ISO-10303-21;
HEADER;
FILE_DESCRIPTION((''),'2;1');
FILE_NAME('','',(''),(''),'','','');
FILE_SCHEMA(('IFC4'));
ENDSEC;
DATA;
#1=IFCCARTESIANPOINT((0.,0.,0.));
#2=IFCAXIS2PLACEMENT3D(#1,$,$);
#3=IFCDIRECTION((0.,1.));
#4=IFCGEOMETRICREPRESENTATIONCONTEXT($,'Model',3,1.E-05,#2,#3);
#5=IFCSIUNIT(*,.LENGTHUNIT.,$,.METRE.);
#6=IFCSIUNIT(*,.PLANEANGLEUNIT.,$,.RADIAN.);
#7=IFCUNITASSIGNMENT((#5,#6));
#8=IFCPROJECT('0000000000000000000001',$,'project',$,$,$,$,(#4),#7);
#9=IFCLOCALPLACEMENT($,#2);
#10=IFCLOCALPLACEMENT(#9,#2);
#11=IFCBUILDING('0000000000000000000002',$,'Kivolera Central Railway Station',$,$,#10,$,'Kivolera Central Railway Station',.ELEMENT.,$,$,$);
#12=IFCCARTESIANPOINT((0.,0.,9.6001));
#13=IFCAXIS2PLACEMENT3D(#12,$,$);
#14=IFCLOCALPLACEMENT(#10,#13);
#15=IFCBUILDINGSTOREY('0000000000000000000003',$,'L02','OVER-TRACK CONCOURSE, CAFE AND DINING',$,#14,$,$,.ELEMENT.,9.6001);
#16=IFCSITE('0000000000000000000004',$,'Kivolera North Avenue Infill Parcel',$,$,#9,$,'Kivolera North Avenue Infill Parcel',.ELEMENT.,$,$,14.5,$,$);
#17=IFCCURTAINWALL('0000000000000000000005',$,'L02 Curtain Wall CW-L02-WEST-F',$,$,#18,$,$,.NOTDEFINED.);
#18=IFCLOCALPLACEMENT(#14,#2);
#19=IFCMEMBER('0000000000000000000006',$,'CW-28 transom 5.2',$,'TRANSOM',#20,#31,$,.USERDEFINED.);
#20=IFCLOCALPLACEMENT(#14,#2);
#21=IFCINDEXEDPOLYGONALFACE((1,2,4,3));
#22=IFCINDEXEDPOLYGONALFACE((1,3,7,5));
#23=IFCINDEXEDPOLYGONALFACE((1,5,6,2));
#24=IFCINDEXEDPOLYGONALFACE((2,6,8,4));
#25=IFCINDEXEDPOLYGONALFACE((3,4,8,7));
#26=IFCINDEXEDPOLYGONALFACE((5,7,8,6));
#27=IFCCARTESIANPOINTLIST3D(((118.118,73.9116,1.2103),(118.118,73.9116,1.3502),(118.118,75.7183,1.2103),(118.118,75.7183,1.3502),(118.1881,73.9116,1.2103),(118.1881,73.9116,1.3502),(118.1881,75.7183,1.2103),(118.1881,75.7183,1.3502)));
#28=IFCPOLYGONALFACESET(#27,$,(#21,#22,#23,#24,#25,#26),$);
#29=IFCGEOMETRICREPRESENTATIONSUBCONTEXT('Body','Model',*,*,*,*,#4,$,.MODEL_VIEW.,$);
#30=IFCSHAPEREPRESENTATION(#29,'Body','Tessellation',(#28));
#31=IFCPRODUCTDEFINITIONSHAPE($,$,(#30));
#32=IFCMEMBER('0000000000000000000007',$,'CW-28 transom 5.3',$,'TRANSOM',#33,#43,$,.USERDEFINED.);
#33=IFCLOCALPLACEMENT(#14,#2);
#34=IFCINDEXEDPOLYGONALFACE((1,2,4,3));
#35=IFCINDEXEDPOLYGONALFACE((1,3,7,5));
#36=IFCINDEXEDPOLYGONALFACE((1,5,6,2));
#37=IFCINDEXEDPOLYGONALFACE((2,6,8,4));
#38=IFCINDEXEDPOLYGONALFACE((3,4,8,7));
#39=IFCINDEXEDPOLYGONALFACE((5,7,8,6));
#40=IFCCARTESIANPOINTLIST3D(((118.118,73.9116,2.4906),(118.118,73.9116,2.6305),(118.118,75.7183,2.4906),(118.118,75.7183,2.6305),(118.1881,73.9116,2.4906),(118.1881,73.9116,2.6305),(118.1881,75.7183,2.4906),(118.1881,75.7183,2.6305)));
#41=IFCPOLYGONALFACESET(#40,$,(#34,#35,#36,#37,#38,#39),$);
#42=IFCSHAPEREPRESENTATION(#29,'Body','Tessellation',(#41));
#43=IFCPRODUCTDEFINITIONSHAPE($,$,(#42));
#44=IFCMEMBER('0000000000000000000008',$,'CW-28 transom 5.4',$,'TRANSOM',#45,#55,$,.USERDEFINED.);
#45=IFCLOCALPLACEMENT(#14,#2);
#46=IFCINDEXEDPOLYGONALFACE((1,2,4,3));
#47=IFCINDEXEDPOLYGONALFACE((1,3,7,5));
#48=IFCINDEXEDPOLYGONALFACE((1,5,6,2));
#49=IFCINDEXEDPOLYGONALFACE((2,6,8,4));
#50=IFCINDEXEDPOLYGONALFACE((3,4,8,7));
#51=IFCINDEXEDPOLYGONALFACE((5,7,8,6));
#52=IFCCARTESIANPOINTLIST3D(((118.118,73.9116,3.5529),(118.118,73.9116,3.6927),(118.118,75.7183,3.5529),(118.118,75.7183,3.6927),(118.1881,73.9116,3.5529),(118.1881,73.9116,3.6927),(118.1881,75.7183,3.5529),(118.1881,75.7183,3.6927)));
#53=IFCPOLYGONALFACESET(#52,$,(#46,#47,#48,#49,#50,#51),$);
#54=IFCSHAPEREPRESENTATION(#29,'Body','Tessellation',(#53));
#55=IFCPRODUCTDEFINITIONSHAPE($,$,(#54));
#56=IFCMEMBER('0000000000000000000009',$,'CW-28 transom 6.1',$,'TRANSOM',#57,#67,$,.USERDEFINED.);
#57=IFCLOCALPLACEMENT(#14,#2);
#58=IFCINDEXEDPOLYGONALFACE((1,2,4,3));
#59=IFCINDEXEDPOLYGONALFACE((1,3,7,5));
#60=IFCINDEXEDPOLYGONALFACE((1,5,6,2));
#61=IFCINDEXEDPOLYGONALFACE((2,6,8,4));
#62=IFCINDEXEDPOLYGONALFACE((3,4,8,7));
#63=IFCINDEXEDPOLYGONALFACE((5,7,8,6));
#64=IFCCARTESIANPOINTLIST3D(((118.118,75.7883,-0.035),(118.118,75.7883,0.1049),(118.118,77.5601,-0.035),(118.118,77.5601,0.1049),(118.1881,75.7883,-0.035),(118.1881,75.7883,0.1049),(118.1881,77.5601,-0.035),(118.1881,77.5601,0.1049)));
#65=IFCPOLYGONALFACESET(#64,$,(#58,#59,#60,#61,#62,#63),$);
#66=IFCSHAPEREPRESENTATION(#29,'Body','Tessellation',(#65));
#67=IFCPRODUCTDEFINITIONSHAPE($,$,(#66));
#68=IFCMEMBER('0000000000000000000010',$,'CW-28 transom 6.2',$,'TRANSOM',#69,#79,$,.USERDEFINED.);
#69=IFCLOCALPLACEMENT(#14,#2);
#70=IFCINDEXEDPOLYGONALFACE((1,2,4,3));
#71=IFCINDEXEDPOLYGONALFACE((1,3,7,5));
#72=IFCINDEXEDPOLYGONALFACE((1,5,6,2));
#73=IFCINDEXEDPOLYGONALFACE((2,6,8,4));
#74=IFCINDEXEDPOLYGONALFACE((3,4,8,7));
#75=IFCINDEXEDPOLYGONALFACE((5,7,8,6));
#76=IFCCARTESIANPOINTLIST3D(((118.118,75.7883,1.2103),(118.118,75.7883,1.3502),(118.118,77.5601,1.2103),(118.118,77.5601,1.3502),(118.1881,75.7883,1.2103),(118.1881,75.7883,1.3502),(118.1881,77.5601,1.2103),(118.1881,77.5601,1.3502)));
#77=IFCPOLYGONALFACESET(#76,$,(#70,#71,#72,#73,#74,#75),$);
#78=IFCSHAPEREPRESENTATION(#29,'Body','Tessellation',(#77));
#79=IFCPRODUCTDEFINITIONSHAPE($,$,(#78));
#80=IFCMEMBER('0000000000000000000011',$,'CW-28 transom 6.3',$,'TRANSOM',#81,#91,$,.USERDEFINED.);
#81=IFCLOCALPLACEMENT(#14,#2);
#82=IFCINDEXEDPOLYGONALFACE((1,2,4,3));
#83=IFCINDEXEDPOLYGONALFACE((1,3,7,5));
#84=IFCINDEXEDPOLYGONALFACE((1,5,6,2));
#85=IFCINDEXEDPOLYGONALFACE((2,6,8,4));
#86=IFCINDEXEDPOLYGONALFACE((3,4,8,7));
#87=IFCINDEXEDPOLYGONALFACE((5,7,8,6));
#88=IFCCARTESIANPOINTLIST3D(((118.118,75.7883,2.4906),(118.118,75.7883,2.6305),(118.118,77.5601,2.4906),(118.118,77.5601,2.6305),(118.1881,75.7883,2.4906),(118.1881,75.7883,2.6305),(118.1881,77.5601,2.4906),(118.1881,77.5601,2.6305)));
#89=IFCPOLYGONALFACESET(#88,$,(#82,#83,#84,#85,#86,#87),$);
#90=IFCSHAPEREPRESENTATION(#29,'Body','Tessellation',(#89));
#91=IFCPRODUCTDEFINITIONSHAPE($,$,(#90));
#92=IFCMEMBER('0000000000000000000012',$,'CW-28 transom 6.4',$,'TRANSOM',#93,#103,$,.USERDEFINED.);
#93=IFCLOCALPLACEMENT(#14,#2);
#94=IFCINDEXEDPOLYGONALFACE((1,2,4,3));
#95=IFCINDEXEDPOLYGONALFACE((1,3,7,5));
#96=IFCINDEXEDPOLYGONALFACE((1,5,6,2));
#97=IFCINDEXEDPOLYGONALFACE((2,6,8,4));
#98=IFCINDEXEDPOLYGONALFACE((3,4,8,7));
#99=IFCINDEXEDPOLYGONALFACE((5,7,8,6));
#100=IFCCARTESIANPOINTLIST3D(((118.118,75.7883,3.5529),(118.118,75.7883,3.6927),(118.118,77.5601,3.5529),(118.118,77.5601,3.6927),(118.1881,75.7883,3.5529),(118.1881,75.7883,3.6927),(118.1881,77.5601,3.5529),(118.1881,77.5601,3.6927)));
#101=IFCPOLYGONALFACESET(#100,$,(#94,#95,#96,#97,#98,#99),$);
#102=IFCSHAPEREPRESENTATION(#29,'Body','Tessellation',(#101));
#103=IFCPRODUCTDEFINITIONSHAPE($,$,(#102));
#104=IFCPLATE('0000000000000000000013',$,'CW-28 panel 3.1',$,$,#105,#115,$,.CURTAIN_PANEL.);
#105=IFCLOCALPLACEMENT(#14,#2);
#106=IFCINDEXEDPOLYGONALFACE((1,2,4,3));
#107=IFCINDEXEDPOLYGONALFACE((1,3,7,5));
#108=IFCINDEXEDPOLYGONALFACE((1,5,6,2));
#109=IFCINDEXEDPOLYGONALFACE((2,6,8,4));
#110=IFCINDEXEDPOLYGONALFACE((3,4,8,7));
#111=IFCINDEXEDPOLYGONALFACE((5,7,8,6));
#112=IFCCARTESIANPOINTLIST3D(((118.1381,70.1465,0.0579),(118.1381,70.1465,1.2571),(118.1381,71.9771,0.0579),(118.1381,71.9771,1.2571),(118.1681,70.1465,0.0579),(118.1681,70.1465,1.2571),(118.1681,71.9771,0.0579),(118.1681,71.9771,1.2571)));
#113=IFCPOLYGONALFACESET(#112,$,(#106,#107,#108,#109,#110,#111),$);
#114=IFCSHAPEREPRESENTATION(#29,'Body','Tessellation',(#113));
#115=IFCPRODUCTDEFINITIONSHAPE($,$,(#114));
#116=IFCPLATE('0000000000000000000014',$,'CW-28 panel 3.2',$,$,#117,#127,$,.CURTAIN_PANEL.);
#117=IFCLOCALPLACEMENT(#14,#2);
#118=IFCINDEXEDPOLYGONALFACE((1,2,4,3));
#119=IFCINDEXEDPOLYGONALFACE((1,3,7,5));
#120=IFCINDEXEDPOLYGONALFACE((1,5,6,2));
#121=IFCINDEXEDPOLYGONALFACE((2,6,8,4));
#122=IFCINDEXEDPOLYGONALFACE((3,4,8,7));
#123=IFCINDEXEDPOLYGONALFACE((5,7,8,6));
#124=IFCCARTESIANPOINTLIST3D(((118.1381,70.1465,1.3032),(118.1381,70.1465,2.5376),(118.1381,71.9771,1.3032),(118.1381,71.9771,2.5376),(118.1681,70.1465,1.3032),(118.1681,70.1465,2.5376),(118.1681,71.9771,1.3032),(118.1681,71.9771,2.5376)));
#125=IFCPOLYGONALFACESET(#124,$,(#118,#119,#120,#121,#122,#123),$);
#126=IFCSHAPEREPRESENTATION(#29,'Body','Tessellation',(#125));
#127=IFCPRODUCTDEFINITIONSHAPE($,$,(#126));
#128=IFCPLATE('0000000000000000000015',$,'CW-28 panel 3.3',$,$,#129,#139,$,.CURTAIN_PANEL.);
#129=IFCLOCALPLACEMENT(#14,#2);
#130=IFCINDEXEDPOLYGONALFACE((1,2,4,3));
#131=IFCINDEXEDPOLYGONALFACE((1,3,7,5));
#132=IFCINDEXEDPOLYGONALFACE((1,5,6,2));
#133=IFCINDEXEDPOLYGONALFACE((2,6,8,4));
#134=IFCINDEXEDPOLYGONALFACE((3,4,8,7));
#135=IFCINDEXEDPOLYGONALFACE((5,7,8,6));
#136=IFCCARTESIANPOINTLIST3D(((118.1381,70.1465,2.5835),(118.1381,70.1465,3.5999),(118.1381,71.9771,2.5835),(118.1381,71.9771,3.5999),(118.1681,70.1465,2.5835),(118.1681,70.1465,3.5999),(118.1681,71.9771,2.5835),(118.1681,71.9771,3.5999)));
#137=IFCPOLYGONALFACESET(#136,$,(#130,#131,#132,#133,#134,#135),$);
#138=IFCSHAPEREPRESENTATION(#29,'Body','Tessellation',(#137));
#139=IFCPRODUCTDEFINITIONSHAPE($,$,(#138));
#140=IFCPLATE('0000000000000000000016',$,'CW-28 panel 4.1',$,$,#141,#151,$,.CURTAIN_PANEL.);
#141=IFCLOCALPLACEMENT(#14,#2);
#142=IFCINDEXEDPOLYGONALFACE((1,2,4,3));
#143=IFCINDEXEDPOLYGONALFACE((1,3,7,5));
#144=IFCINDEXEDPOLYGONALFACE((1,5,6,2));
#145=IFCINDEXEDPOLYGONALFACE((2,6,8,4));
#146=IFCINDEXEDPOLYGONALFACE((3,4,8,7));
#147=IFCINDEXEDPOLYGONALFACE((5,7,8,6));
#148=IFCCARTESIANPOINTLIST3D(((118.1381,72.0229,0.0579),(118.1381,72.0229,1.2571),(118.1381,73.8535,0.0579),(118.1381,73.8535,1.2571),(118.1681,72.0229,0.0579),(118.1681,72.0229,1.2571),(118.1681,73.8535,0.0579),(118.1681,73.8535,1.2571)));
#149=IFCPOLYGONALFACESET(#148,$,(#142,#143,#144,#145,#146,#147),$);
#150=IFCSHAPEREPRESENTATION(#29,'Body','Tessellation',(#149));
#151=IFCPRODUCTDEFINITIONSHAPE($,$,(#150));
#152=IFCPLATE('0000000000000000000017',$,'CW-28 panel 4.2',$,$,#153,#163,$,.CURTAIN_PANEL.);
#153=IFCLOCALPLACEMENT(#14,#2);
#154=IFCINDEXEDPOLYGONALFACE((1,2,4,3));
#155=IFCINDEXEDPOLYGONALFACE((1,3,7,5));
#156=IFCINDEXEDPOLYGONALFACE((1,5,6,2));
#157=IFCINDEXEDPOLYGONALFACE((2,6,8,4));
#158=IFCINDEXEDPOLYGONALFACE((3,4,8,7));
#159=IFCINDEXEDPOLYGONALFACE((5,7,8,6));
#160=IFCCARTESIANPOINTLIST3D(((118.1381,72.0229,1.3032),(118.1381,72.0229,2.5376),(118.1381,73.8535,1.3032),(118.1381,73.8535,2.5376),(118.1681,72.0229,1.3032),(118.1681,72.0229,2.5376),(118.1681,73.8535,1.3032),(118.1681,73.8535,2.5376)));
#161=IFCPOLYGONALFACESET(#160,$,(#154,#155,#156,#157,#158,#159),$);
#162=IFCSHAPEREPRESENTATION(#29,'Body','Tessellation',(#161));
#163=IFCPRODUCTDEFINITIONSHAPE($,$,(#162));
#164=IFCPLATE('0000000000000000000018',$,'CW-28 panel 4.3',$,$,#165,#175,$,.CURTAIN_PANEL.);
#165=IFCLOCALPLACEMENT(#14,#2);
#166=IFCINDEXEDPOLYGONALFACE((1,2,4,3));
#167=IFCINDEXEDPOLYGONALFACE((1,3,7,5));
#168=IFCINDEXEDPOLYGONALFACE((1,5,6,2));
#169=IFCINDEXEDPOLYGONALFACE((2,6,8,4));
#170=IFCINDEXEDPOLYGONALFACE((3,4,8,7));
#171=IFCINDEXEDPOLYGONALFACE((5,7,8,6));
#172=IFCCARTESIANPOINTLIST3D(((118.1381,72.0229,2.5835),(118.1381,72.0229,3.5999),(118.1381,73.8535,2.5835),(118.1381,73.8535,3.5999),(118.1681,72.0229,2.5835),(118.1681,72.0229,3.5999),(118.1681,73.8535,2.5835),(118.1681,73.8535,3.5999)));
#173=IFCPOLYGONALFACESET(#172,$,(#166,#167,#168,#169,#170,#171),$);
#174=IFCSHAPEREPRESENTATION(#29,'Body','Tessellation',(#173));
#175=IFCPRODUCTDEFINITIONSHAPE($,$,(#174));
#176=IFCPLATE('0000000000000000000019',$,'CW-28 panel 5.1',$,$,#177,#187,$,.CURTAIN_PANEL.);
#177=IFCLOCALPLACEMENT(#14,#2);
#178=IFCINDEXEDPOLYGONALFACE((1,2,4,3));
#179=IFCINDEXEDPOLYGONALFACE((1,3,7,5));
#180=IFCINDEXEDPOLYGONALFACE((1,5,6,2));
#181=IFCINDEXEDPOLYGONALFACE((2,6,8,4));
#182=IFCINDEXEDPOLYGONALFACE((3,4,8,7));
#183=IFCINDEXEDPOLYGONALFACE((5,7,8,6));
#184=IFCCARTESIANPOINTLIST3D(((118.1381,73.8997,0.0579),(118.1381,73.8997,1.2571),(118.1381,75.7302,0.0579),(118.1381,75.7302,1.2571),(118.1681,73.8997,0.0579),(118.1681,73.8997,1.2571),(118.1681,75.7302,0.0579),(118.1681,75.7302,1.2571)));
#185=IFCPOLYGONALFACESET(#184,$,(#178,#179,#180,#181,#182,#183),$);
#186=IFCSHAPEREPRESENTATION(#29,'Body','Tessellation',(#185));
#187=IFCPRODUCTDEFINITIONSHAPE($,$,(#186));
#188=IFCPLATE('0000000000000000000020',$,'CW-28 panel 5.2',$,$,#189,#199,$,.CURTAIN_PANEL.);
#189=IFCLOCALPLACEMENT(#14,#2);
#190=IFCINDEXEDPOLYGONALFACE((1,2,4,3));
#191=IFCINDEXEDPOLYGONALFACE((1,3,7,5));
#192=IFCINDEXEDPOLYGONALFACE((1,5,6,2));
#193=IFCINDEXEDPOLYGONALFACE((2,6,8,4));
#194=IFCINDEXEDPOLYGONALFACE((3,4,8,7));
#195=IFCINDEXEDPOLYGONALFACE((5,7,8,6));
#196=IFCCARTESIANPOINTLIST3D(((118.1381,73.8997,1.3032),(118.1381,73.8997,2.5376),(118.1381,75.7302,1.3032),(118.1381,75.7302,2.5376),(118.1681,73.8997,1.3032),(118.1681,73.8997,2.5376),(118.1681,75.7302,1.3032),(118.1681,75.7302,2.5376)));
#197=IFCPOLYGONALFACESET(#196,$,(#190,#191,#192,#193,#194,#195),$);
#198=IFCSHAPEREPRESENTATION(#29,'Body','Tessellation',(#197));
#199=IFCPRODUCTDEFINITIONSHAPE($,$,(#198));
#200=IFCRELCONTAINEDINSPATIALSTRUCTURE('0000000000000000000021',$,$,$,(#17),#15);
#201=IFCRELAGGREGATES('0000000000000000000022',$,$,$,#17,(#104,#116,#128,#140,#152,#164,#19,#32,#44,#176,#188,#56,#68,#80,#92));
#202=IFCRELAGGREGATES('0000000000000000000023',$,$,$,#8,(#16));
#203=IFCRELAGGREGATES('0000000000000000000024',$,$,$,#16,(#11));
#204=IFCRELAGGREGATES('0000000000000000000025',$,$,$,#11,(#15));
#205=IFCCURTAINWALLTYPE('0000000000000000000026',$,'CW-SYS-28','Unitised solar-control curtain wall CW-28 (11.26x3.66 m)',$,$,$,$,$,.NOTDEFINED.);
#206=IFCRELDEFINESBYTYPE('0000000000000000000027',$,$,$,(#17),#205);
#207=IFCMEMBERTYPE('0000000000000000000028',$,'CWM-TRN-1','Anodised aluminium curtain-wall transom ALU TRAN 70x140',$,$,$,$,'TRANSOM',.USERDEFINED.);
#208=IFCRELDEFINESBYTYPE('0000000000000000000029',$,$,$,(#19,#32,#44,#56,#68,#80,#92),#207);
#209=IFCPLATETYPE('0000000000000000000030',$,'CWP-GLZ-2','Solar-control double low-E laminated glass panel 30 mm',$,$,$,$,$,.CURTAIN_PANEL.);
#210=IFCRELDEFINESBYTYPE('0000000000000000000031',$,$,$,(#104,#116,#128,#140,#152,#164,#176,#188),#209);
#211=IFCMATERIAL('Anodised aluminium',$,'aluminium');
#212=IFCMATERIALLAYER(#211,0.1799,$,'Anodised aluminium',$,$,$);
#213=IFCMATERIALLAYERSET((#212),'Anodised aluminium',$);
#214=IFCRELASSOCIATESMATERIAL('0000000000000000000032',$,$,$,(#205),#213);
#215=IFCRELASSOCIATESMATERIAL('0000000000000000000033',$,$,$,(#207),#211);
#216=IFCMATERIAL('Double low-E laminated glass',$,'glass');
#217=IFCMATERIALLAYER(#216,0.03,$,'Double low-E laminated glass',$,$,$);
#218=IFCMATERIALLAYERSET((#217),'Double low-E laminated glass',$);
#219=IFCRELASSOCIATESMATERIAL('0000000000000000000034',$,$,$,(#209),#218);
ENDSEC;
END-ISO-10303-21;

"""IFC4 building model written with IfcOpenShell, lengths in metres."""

from ifc_helpers import new_model, si_unit, direction, frame, origin, origin_2d, place, context, subcontext, project, spatial, rectangle, extrude, material, layer, layer_set, material_profile, profile_set, type_object, element, aggregate, save


model = new_model("IFC4")

# Units and contexts
model_context = context("Model", 3, precision=1e-05, world=origin(), true_north=direction((0.0, 1.0)))
body_context = subcontext(model_context, "Body", "Model", "MODEL_VIEW")
ifc_project = project(units=[si_unit("LENGTHUNIT", "METRE"), si_unit("PLANEANGLEUNIT", "RADIAN")], contexts=[model_context])

# Site, building, storey
site_placement = place(None, origin())
site = spatial("IfcSite", under=ifc_project, at=site_placement, Name="Kivolera North Avenue Infill Parcel", LongName="Kivolera North Avenue Infill Parcel", CompositionType="ELEMENT", RefElevation=14.5)
building_placement = place(site_placement, origin())
building = spatial("IfcBuilding", under=site, at=building_placement, Name="Kivolera Central Railway Station", LongName="Kivolera Central Railway Station", CompositionType="ELEMENT")
storey_placement = place(building_placement, frame((0.0, 0.0, 9.6001)))
storey = spatial("IfcBuildingStorey", under=building, at=storey_placement, Name="L02", Description="OVER-TRACK CONCOURSE, CAFE AND DINING", CompositionType="ELEMENT", Elevation=9.6001)

# Curtain wall, members, plates
ifc_material_1 = material(Name="Anodised aluminium", Category="aluminium")
ifc_layer_1 = layer(ifc_material_1, 0.1799, Name="Anodised aluminium")
ifc_layer_set_1 = layer_set([ifc_layer_1], Name="Anodised aluminium")
curtain_wall_type = type_object("IfcCurtainWallType", Name="CW-SYS-28", Description="Unitised solar-control curtain wall CW-28 (11.26x3.66 m)", PredefinedType="NOTDEFINED", material=ifc_layer_set_1)
curtain_wall_placement = place(storey_placement, origin())
curtain_wall = element("IfcCurtainWall", 1, at=curtain_wall_placement, inside=storey, type_object=curtain_wall_type, Name="L02 Curtain Wall CW-L02-WEST-F", PredefinedType="NOTDEFINED")
ifc_material_profile_1 = material_profile(ifc_material_1, rectangle(XDim=0.0701, YDim=0.1399, at=origin_2d()), Name="ALU TRAN 70x140")
ifc_profile_set_1 = profile_set([ifc_material_profile_1], Name="Anodised aluminium")
member_type_1 = type_object("IfcMemberType", Name="CWM-TRN-1", Description="Anodised aluminium curtain-wall transom ALU TRAN 70x140", ElementType="TRANSOM", PredefinedType="USERDEFINED", material=ifc_profile_set_1)
member_1_placement = place(storey_placement, frame((118.1531, 73.9116, 1.2803), z_axis=(0.0, 1.0, 0.0), x_axis=(-1.0, 0.0, 0.0)))
member_1 = element("IfcMember", 2, at=member_1_placement, type_object=member_type_1, Name="CW-28 transom 5.2", ObjectType="TRANSOM", PredefinedType="USERDEFINED", context=body_context, shape_type="SweptSolid", body=[
    extrude(rectangle(XDim=0.0701, YDim=0.1399, at=origin_2d()), origin(), (0.0, 0.0, 1.0), 1.8066),
])
member_2_placement = place(storey_placement, frame((118.1531, 73.9116, 2.5605), z_axis=(0.0, 1.0, 0.0), x_axis=(-1.0, 0.0, 0.0)))
member_2 = element("IfcMember", 3, at=member_2_placement, type_object=member_type_1, Name="CW-28 transom 5.3", ObjectType="TRANSOM", PredefinedType="USERDEFINED", context=body_context, shape_type="SweptSolid", body=[
    extrude(rectangle(XDim=0.0701, YDim=0.1399, at=origin_2d()), origin(), (0.0, 0.0, 1.0), 1.8066),
])
member_3_placement = place(storey_placement, frame((118.1531, 73.9116, 3.6228), z_axis=(0.0, 1.0, 0.0), x_axis=(-1.0, 0.0, 0.0)))
member_3 = element("IfcMember", 4, at=member_3_placement, type_object=member_type_1, Name="CW-28 transom 5.4", ObjectType="TRANSOM", PredefinedType="USERDEFINED", context=body_context, shape_type="SweptSolid", body=[
    extrude(rectangle(XDim=0.0701, YDim=0.1399, at=origin_2d()), origin(), (0.0, 0.0, 1.0), 1.8066),
])
member_4_placement = place(storey_placement, frame((118.1531, 75.7883, 0.0349), z_axis=(0.0, 1.0, 0.0), x_axis=(-1.0, 0.0, 0.0)))
member_4 = element("IfcMember", 5, at=member_4_placement, type_object=member_type_1, Name="CW-28 transom 6.1", ObjectType="TRANSOM", PredefinedType="USERDEFINED", context=body_context, shape_type="SweptSolid", body=[
    extrude(rectangle(XDim=0.0701, YDim=0.1399, at=origin_2d()), origin(), (0.0, 0.0, 1.0), 1.7717),
])
member_5_placement = place(storey_placement, frame((118.1531, 75.7883, 1.2803), z_axis=(0.0, 1.0, 0.0), x_axis=(-1.0, 0.0, 0.0)))
member_5 = element("IfcMember", 6, at=member_5_placement, type_object=member_type_1, Name="CW-28 transom 6.2", ObjectType="TRANSOM", PredefinedType="USERDEFINED", context=body_context, shape_type="SweptSolid", body=[
    extrude(rectangle(XDim=0.0701, YDim=0.1399, at=origin_2d()), origin(), (0.0, 0.0, 1.0), 1.7717),
])
member_6_placement = place(storey_placement, frame((118.1531, 75.7883, 2.5605), z_axis=(0.0, 1.0, 0.0), x_axis=(-1.0, 0.0, 0.0)))
member_6 = element("IfcMember", 7, at=member_6_placement, type_object=member_type_1, Name="CW-28 transom 6.3", ObjectType="TRANSOM", PredefinedType="USERDEFINED", context=body_context, shape_type="SweptSolid", body=[
    extrude(rectangle(XDim=0.0701, YDim=0.1399, at=origin_2d()), origin(), (0.0, 0.0, 1.0), 1.7717),
])
member_7_placement = place(storey_placement, frame((118.1531, 75.7883, 3.6228), z_axis=(0.0, 1.0, 0.0), x_axis=(-1.0, 0.0, 0.0)))
member_7 = element("IfcMember", 8, at=member_7_placement, type_object=member_type_1, Name="CW-28 transom 6.4", ObjectType="TRANSOM", PredefinedType="USERDEFINED", context=body_context, shape_type="SweptSolid", body=[
    extrude(rectangle(XDim=0.0701, YDim=0.1399, at=origin_2d()), origin(), (0.0, 0.0, 1.0), 1.7717),
])
ifc_material_2 = material(Name="Double low-E laminated glass", Category="glass")
ifc_layer_2 = layer(ifc_material_2, 0.03, Name="Double low-E laminated glass")
ifc_layer_set_2 = layer_set([ifc_layer_2], Name="Double low-E laminated glass")
plate_type = type_object("IfcPlateType", Name="CWP-GLZ-2", Description="Solar-control double low-E laminated glass panel 30 mm", PredefinedType="CURTAIN_PANEL", material=ifc_layer_set_2)
plate_1_placement = place(storey_placement, frame((118.1531, 71.0618, 0.0579), z_axis=(0.0, 0.0, 1.0), x_axis=(0.0, 1.0, 0.0)))
plate_1 = element("IfcPlate", 9, at=plate_1_placement, type_object=plate_type, Name="CW-28 panel 3.1", PredefinedType="CURTAIN_PANEL", context=body_context, shape_type="SweptSolid", body=[
    extrude(rectangle(XDim=1.8306, YDim=0.03, at=origin_2d()), origin(), (0.0, 0.0, 1.0), 1.1992),
])
plate_2_placement = place(storey_placement, frame((118.1531, 71.0618, 1.3032), z_axis=(0.0, 0.0, 1.0), x_axis=(0.0, 1.0, 0.0)))
plate_2 = element("IfcPlate", 10, at=plate_2_placement, type_object=plate_type, Name="CW-28 panel 3.2", PredefinedType="CURTAIN_PANEL", context=body_context, shape_type="SweptSolid", body=[
    extrude(rectangle(XDim=1.8306, YDim=0.03, at=origin_2d()), origin(), (0.0, 0.0, 1.0), 1.2344),
])
plate_3_placement = place(storey_placement, frame((118.1531, 71.0618, 2.5835), z_axis=(0.0, 0.0, 1.0), x_axis=(0.0, 1.0, 0.0)))
plate_3 = element("IfcPlate", 11, at=plate_3_placement, type_object=plate_type, Name="CW-28 panel 3.3", PredefinedType="CURTAIN_PANEL", context=body_context, shape_type="SweptSolid", body=[
    extrude(rectangle(XDim=1.8306, YDim=0.03, at=origin_2d()), origin(), (0.0, 0.0, 1.0), 1.0164),
])
plate_4_placement = place(storey_placement, frame((118.1531, 72.9382, 0.0579), z_axis=(0.0, 0.0, 1.0), x_axis=(0.0, 1.0, 0.0)))
plate_4 = element("IfcPlate", 12, at=plate_4_placement, type_object=plate_type, Name="CW-28 panel 4.1", PredefinedType="CURTAIN_PANEL", context=body_context, shape_type="SweptSolid", body=[
    extrude(rectangle(XDim=1.8306, YDim=0.03, at=origin_2d()), origin(), (0.0, 0.0, 1.0), 1.1992),
])
plate_5_placement = place(storey_placement, frame((118.1531, 72.9382, 1.3032), z_axis=(0.0, 0.0, 1.0), x_axis=(0.0, 1.0, 0.0)))
plate_5 = element("IfcPlate", 13, at=plate_5_placement, type_object=plate_type, Name="CW-28 panel 4.2", PredefinedType="CURTAIN_PANEL", context=body_context, shape_type="SweptSolid", body=[
    extrude(rectangle(XDim=1.8306, YDim=0.03, at=origin_2d()), origin(), (0.0, 0.0, 1.0), 1.2344),
])
plate_6_placement = place(storey_placement, frame((118.1531, 72.9382, 2.5835), z_axis=(0.0, 0.0, 1.0), x_axis=(0.0, 1.0, 0.0)))
plate_6 = element("IfcPlate", 14, at=plate_6_placement, type_object=plate_type, Name="CW-28 panel 4.3", PredefinedType="CURTAIN_PANEL", context=body_context, shape_type="SweptSolid", body=[
    extrude(rectangle(XDim=1.8306, YDim=0.03, at=origin_2d()), origin(), (0.0, 0.0, 1.0), 1.0164),
])
plate_7_placement = place(storey_placement, frame((118.1531, 74.8149, 0.0579), z_axis=(0.0, 0.0, 1.0), x_axis=(0.0, 1.0, 0.0)))
plate_7 = element("IfcPlate", 15, at=plate_7_placement, type_object=plate_type, Name="CW-28 panel 5.1", PredefinedType="CURTAIN_PANEL", context=body_context, shape_type="SweptSolid", body=[
    extrude(rectangle(XDim=1.8306, YDim=0.03, at=origin_2d()), origin(), (0.0, 0.0, 1.0), 1.1992),
])
plate_8_placement = place(storey_placement, frame((118.1531, 74.8149, 1.3032), z_axis=(0.0, 0.0, 1.0), x_axis=(0.0, 1.0, 0.0)))
plate_8 = element("IfcPlate", 16, at=plate_8_placement, type_object=plate_type, Name="CW-28 panel 5.2", PredefinedType="CURTAIN_PANEL", context=body_context, shape_type="SweptSolid", body=[
    extrude(rectangle(XDim=1.8306, YDim=0.03, at=origin_2d()), origin(), (0.0, 0.0, 1.0), 1.2344),
])
aggregate(curtain_wall, [plate_1, plate_2, plate_3, plate_4, plate_5, plate_6, member_1, member_2, member_3, plate_7, plate_8, member_4, member_5, member_6, member_7])

save(model, "model.ifc")
